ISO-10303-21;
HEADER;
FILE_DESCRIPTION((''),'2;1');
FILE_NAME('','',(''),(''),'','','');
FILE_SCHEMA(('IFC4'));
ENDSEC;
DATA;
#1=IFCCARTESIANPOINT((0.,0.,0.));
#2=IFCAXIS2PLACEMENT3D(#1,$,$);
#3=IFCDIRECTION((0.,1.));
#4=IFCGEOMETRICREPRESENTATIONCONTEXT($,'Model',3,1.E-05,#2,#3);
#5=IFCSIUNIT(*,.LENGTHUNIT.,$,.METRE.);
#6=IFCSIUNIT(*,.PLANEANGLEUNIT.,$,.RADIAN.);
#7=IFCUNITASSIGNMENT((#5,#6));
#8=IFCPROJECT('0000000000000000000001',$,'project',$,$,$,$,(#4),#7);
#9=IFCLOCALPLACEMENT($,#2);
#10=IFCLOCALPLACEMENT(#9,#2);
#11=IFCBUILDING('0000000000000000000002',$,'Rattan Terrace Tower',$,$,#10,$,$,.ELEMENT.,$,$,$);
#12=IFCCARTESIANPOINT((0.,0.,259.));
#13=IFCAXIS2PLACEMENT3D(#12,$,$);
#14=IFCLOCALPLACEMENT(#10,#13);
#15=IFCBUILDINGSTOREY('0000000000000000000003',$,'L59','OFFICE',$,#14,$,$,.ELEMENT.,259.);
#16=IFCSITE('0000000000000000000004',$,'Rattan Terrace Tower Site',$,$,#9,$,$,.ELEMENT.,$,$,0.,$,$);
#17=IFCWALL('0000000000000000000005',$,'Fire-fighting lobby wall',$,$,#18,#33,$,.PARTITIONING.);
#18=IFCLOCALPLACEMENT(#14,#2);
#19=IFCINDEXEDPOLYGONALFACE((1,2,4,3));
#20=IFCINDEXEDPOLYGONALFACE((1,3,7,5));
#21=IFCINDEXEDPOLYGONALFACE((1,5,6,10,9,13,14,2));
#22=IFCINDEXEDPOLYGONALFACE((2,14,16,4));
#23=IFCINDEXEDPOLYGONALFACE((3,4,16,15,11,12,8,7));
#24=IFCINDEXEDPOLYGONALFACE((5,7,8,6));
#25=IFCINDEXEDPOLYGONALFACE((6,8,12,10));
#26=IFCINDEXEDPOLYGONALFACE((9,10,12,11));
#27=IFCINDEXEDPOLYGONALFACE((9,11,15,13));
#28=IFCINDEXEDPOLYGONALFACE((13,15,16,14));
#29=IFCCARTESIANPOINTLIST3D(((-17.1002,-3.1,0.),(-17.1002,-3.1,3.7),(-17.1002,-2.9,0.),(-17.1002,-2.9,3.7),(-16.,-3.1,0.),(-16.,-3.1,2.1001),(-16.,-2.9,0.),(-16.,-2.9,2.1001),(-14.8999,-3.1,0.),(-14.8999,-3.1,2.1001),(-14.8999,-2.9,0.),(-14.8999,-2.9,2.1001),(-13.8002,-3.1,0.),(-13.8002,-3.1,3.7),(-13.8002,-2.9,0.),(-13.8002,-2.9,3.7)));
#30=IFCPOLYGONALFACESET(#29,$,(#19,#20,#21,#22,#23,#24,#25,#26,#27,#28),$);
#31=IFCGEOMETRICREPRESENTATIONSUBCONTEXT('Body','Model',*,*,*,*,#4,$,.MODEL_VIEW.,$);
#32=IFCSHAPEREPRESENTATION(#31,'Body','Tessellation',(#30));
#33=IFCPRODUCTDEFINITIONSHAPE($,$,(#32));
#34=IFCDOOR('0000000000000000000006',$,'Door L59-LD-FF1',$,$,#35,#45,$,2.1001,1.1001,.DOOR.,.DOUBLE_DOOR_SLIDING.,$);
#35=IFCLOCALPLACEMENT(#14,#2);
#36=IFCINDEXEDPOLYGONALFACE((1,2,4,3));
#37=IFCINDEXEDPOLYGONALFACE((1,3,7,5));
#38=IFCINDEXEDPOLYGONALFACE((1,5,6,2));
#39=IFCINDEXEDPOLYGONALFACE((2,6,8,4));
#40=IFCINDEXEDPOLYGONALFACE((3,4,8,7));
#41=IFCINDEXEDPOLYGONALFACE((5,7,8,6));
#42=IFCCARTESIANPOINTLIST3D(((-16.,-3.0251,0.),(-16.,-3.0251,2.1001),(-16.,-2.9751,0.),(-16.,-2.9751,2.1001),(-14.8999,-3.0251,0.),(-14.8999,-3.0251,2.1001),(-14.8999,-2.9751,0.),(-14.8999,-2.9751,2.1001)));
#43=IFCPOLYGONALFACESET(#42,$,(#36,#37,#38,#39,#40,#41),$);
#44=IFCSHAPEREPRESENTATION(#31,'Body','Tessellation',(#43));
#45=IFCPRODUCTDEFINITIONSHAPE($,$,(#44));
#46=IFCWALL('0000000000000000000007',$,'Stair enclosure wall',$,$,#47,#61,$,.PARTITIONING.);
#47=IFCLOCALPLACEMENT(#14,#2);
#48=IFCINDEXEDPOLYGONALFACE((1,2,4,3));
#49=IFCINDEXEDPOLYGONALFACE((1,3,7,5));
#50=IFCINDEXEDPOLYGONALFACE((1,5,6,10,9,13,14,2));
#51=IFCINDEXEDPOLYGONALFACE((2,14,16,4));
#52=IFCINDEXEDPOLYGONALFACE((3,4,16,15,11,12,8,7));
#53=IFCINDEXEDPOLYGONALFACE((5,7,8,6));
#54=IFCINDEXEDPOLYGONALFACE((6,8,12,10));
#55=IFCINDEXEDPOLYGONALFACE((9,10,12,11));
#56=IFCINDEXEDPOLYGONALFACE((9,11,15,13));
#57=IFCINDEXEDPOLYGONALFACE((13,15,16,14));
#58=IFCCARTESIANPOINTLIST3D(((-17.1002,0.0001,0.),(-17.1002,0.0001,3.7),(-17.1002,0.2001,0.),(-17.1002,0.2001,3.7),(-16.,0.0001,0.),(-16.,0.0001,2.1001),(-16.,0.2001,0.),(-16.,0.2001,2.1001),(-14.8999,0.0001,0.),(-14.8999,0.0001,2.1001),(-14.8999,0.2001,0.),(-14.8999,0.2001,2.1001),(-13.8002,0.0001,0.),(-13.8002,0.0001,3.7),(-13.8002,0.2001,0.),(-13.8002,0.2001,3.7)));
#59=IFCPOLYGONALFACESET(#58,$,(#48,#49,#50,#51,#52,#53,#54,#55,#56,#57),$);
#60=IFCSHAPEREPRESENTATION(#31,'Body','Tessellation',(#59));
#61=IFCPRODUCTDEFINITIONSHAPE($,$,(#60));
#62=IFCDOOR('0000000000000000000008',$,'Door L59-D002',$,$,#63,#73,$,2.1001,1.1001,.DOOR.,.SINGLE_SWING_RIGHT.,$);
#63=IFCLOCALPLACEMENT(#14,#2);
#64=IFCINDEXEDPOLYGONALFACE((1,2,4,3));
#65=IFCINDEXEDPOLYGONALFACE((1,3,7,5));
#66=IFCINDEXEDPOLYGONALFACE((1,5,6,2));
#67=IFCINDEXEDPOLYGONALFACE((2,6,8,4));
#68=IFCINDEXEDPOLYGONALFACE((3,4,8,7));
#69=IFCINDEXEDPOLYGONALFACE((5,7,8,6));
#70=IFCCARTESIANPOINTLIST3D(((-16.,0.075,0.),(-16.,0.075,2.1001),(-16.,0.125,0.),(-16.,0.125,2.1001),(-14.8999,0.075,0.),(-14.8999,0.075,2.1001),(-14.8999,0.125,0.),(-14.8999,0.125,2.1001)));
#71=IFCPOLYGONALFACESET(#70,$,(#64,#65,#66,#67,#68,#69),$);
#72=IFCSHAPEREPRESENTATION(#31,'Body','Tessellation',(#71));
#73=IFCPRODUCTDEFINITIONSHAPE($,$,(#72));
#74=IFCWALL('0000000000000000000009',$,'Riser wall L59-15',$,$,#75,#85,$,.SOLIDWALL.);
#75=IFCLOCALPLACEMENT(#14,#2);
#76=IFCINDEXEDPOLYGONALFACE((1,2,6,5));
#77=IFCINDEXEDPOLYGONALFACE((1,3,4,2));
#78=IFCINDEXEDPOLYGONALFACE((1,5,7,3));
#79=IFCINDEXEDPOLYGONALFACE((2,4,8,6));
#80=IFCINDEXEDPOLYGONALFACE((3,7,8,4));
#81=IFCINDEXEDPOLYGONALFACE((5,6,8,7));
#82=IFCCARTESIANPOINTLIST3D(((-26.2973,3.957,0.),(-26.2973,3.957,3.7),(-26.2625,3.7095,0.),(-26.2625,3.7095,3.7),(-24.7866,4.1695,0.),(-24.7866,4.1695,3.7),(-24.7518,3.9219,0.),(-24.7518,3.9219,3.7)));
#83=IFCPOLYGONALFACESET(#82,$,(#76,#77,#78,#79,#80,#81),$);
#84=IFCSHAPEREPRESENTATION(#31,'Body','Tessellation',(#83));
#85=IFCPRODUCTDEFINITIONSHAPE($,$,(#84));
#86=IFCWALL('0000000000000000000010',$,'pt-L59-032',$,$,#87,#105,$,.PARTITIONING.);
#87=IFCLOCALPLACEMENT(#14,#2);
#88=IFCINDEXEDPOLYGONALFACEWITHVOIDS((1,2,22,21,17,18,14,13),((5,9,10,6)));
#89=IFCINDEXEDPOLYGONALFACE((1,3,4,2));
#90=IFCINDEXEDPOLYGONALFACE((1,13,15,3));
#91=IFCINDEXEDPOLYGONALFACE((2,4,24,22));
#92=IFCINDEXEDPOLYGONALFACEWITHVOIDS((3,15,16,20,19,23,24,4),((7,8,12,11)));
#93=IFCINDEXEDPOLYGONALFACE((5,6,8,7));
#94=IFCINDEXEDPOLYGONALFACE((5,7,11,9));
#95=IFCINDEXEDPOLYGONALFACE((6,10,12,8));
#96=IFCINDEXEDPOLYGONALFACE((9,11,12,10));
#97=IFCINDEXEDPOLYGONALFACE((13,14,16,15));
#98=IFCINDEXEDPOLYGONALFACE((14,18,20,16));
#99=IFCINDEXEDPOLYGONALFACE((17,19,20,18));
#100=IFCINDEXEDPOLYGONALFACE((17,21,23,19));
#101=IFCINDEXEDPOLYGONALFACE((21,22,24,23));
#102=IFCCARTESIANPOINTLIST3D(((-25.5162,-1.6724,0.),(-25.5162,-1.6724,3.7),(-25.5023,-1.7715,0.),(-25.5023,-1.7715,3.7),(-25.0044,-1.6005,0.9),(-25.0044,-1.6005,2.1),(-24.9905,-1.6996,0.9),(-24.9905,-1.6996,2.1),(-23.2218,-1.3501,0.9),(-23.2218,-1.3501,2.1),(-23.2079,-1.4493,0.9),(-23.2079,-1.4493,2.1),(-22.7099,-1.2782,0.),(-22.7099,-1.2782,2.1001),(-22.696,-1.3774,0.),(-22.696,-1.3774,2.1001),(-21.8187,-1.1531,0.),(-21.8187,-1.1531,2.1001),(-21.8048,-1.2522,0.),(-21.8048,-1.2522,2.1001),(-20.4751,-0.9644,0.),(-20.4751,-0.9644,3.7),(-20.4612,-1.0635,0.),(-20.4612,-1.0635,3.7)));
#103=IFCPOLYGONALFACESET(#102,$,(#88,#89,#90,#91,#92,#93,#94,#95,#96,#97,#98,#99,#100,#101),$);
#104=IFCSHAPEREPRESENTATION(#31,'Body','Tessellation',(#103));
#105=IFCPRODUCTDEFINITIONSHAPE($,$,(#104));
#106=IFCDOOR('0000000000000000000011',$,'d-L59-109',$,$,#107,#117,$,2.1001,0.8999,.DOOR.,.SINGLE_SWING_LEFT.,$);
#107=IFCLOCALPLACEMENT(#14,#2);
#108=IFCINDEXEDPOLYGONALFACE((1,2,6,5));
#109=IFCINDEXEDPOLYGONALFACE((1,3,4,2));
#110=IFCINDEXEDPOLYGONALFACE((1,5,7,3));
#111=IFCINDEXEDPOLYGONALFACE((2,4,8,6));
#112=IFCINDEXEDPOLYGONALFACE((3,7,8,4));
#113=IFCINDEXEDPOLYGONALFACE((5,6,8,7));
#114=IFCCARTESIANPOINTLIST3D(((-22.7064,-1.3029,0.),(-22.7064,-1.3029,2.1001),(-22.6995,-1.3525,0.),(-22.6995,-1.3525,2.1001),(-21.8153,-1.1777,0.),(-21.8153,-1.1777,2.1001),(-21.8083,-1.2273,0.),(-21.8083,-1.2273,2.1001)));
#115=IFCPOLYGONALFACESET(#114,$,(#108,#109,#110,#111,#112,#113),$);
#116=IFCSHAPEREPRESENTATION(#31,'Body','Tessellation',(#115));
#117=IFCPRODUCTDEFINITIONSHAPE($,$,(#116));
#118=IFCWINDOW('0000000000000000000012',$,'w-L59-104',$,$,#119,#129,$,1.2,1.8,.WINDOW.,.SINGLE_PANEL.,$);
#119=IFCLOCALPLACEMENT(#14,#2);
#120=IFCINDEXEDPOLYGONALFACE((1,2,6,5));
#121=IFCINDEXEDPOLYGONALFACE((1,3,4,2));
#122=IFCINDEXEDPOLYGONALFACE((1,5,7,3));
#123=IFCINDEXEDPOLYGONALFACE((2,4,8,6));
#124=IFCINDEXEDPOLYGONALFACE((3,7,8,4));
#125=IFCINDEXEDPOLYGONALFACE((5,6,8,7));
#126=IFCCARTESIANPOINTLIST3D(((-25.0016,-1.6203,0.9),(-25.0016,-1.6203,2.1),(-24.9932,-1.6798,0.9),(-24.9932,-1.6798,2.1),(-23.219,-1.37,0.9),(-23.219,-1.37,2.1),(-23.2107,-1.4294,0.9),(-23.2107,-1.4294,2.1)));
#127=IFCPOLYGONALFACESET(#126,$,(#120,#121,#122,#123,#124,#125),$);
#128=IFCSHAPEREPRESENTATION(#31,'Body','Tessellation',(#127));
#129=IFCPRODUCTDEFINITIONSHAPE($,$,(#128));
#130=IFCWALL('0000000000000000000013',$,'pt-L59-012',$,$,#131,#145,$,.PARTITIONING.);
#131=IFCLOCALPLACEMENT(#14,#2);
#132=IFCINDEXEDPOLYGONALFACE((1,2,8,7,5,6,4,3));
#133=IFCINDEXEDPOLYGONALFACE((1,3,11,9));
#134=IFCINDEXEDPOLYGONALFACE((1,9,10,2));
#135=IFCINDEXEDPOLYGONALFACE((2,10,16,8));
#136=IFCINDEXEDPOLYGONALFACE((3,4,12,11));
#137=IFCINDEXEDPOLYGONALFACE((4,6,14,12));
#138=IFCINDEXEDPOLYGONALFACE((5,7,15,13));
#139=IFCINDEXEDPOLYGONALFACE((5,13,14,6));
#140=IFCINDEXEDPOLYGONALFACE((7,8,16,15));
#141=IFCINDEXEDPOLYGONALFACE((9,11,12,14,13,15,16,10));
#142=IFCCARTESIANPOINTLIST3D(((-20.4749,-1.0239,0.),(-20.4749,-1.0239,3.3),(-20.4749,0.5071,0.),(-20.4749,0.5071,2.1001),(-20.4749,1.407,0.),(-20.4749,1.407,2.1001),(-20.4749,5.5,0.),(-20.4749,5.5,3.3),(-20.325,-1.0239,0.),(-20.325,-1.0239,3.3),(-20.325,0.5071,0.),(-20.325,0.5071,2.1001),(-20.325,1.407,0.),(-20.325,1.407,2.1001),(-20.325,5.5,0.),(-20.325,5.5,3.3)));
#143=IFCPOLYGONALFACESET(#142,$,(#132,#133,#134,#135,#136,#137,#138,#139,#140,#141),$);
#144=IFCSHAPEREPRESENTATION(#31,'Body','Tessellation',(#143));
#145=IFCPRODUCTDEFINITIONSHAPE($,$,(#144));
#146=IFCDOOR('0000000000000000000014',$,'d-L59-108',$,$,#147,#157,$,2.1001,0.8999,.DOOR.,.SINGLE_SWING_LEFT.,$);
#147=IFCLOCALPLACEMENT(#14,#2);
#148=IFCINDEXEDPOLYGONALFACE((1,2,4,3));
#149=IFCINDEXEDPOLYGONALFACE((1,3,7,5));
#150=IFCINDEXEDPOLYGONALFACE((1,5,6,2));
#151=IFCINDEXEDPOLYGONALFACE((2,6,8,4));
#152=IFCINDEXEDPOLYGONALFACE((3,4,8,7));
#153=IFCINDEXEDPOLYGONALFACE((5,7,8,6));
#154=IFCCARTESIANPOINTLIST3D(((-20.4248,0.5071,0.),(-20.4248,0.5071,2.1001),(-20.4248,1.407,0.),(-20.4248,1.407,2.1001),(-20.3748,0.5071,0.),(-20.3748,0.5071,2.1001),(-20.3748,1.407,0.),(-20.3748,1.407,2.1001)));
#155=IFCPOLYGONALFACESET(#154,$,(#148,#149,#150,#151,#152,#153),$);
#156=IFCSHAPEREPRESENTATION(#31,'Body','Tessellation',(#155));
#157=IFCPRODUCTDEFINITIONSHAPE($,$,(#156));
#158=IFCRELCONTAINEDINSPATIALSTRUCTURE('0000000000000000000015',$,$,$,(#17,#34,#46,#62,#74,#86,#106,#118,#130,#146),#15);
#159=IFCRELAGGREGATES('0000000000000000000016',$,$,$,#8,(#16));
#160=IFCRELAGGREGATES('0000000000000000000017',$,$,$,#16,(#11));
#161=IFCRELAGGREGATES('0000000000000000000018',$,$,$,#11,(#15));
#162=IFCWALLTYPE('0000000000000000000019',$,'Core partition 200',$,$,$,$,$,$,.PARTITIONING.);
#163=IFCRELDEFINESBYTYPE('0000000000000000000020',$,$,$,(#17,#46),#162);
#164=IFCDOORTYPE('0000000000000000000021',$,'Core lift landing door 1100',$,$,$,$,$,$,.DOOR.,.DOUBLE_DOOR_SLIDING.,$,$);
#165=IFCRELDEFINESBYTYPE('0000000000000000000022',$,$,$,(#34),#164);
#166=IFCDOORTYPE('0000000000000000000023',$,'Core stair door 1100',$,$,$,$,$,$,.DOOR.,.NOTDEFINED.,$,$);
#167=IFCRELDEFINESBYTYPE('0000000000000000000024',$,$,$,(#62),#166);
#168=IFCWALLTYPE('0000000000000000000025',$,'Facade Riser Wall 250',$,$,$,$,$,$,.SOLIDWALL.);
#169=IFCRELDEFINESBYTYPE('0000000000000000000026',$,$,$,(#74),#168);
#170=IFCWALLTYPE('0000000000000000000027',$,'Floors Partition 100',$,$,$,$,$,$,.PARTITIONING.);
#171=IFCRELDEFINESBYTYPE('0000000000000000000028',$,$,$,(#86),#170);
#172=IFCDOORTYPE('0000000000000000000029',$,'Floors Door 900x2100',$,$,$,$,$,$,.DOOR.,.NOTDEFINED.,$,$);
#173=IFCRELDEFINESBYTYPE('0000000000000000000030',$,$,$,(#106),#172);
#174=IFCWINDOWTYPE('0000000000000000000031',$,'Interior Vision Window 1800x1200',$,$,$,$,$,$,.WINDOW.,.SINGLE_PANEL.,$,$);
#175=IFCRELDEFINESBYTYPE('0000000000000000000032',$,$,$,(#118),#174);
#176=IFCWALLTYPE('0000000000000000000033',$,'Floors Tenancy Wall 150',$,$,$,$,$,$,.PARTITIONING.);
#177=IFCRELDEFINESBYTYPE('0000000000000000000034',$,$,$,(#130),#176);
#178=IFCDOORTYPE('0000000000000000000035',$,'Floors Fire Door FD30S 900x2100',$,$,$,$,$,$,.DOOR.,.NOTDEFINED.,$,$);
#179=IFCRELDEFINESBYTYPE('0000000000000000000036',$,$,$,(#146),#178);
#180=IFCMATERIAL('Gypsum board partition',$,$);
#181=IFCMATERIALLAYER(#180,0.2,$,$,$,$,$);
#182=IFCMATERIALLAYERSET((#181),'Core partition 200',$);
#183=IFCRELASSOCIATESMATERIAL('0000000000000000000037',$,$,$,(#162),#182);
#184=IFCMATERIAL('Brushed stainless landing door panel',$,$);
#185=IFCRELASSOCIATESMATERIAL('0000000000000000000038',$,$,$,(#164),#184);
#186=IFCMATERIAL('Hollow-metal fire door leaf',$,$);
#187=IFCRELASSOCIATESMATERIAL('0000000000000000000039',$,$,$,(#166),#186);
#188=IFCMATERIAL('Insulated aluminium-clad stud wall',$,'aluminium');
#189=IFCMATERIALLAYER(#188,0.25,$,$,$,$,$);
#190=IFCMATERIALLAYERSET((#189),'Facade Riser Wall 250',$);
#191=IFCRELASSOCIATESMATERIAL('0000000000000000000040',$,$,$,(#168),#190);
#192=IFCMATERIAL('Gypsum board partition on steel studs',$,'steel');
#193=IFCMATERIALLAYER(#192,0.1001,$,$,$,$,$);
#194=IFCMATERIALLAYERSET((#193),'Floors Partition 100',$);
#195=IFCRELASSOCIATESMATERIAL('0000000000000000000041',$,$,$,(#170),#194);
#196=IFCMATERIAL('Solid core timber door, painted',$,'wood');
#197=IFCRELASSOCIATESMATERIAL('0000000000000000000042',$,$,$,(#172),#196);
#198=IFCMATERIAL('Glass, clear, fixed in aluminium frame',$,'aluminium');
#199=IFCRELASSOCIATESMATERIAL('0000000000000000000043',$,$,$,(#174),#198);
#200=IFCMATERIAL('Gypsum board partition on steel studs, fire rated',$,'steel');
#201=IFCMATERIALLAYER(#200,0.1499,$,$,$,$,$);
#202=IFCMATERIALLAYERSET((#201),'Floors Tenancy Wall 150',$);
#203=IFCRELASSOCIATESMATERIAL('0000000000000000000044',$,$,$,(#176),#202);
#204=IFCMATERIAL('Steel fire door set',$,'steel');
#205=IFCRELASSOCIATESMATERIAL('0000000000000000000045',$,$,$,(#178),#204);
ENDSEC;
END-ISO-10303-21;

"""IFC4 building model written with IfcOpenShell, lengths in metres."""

from ifc_helpers import new_model, si_unit, direction, frame, frame_2d, origin, place, context, subcontext, project, spatial, rectangle, extrude, material, layer, layer_set, type_object, element, fill, save


model = new_model("IFC4")

# Units and contexts
model_context = context("Model", 3, precision=1e-05, world=origin(), true_north=direction((0.0, 1.0)))
body_context = subcontext(model_context, "Body", "Model", "MODEL_VIEW")
ifc_project = project(units=[si_unit("LENGTHUNIT", "METRE"), si_unit("PLANEANGLEUNIT", "RADIAN")], contexts=[model_context])

# Site, building, storey
site_placement = place(None, origin())
site = spatial("IfcSite", under=ifc_project, at=site_placement, Name="Rattan Terrace Tower Site", CompositionType="ELEMENT", RefElevation=0.0)
building_placement = place(site_placement, origin())
building = spatial("IfcBuilding", under=site, at=building_placement, Name="Rattan Terrace Tower", CompositionType="ELEMENT")
storey_placement = place(building_placement, frame((0.0, 0.0, 259.0)))
storey = spatial("IfcBuildingStorey", under=building, at=storey_placement, Name="L59", Description="OFFICE", CompositionType="ELEMENT", Elevation=259.0)

# Walls, openings, doors
ifc_material_1 = material(Name="Gypsum board partition")
ifc_layer_1 = layer(ifc_material_1, 0.2)
ifc_layer_set_1 = layer_set([ifc_layer_1], Name="Core partition 200")
wall_type_1 = type_object("IfcWallType", Name="Core partition 200", PredefinedType="PARTITIONING", material=ifc_layer_set_1)
wall_1_placement = place(storey_placement, frame((-17.1001, -3.0, 0.0), z_axis=(0.0, 0.0, 1.0), x_axis=(1.0, 0.0, 0.0)))
wall_1 = element("IfcWall", 1, at=wall_1_placement, inside=storey, type_object=wall_type_1, Name="Fire-fighting lobby wall", PredefinedType="PARTITIONING", context=body_context, shape_type="SweptSolid", body=[
    extrude(rectangle(XDim=3.3, YDim=0.2, at=frame_2d((1.6499, 0.0))), origin(), (0.0, 0.0, 1.0), 3.7),
])
opening_1_placement = place(wall_1_placement, frame((1.1001, 0.0, 0.0)))
opening_1 = element("IfcOpeningElement", 2, at=opening_1_placement, cuts=wall_1, PredefinedType="OPENING", context=body_context, shape_type="SweptSolid", body=[
    extrude(rectangle(XDim=1.1001, YDim=2.1001, at=frame_2d((0.55, 1.05))), frame((0.0, 0.1106, 0.0), z_axis=(0.0, -1.0, 0.0), x_axis=(1.0, 0.0, 0.0)), (0.0, 0.0, 1.0), 0.2209),
])
ifc_material_2 = material(Name="Brushed stainless landing door panel")
door_type_1 = type_object("IfcDoorType", Name="Core lift landing door 1100", OperationType="DOUBLE_DOOR_SLIDING", PredefinedType="DOOR", material=ifc_material_2)
door_1_placement = place(opening_1_placement, origin())
door_1 = element("IfcDoor", 3, at=door_1_placement, inside=storey, type_object=door_type_1, Name="Door L59-LD-FF1", OperationType="DOUBLE_DOOR_SLIDING", OverallHeight=2.1001, OverallWidth=1.1001, PredefinedType="DOOR", context=body_context, shape_type="SweptSolid", body=[
    extrude(rectangle(XDim=1.1001, YDim=2.1001, at=frame_2d((0.55, 1.05))), frame((0.0, 0.0249, 0.0), z_axis=(0.0, -1.0, 0.0), x_axis=(1.0, 0.0, 0.0)), (0.0, 0.0, 1.0), 0.05),
])
fill(opening_1, door_1)
wall_2_placement = place(storey_placement, frame((-17.1001, 0.1001, 0.0), z_axis=(0.0, 0.0, 1.0), x_axis=(1.0, 0.0, 0.0)))
wall_2 = element("IfcWall", 4, at=wall_2_placement, inside=storey, type_object=wall_type_1, Name="Stair enclosure wall", PredefinedType="PARTITIONING", context=body_context, shape_type="SweptSolid", body=[
    extrude(rectangle(XDim=3.3, YDim=0.2, at=frame_2d((1.6499, 0.0))), origin(), (0.0, 0.0, 1.0), 3.7),
])
opening_2_placement = place(wall_2_placement, frame((1.1001, 0.0, 0.0)))
opening_2 = element("IfcOpeningElement", 5, at=opening_2_placement, cuts=wall_2, PredefinedType="OPENING", context=body_context, shape_type="SweptSolid", body=[
    extrude(rectangle(XDim=1.1001, YDim=2.1001, at=frame_2d((0.55, 1.05))), frame((0.0, 0.1106, 0.0), z_axis=(0.0, -1.0, 0.0), x_axis=(1.0, 0.0, 0.0)), (0.0, 0.0, 1.0), 0.2209),
])
ifc_material_3 = material(Name="Hollow-metal fire door leaf")
door_type_2 = type_object("IfcDoorType", Name="Core stair door 1100", OperationType="NOTDEFINED", PredefinedType="DOOR", material=ifc_material_3)
door_2_placement = place(opening_2_placement, origin())
door_2 = element("IfcDoor", 6, at=door_2_placement, inside=storey, type_object=door_type_2, Name="Door L59-D002", OperationType="SINGLE_SWING_RIGHT", OverallHeight=2.1001, OverallWidth=1.1001, PredefinedType="DOOR", context=body_context, shape_type="SweptSolid", body=[
    extrude(rectangle(XDim=1.1001, YDim=2.1001, at=frame_2d((0.55, 1.05))), frame((0.0, 0.0249, 0.0), z_axis=(0.0, -1.0, 0.0), x_axis=(1.0, 0.0, 0.0)), (0.0, 0.0, 1.0), 0.05),
])
fill(opening_2, door_2)

# Wall
ifc_material_4 = material(Name="Insulated aluminium-clad stud wall", Category="aluminium")
ifc_layer_2 = layer(ifc_material_4, 0.25)
ifc_layer_set_2 = layer_set([ifc_layer_2], Name="Facade Riser Wall 250")
wall_type_2 = type_object("IfcWallType", Name="Facade Riser Wall 250", PredefinedType="SOLIDWALL", material=ifc_layer_set_2)
wall_3_placement = place(storey_placement, frame((-24.7693, 4.0457, 0.0), z_axis=(0.0, 0.0, 1.0), x_axis=(-0.990261, -0.139225, 0.0)))
element("IfcWall", 7, at=wall_3_placement, inside=storey, type_object=wall_type_2, Name="Riser wall L59-15", PredefinedType="SOLIDWALL", context=body_context, shape_type="SweptSolid", body=[
    extrude(rectangle(XDim=1.5256, YDim=0.25, at=frame_2d((0.7627, 0.0))), origin(), (0.0, 0.0, 1.0), 3.7),
])

# Wall, openings, door, window
ifc_material_5 = material(Name="Gypsum board partition on steel studs", Category="steel")
ifc_layer_3 = layer(ifc_material_5, 0.1001)
ifc_layer_set_3 = layer_set([ifc_layer_3], Name="Floors Partition 100")
wall_type_3 = type_object("IfcWallType", Name="Floors Partition 100", PredefinedType="PARTITIONING", material=ifc_layer_set_3)
wall_4_placement = place(storey_placement, frame((-20.468, -1.0139, 0.0), z_axis=(0.0, 0.0, 1.0), x_axis=(-0.990281, -0.139084, 0.0)))
wall_4 = element("IfcWall", 8, at=wall_4_placement, inside=storey, type_object=wall_type_3, Name="pt-L59-032", PredefinedType="PARTITIONING", context=body_context, shape_type="SweptSolid", body=[
    extrude(rectangle(XDim=5.0906, YDim=0.1001, at=frame_2d((2.5454, 0.0))), origin(), (0.0, 0.0, 1.0), 3.7),
])
opening_3_placement = place(wall_4_placement, frame((1.3569, 0.0, 0.0)))
opening_3 = element("IfcOpeningElement", 9, at=opening_3_placement, cuts=wall_4, PredefinedType="OPENING", context=body_context, shape_type="SweptSolid", body=[
    extrude(rectangle(XDim=0.8999, YDim=2.1001, at=frame_2d((0.45, 1.05))), frame((0.0, 0.0605, 0.0), z_axis=(0.0, -1.0, 0.0), x_axis=(1.0, 0.0, 0.0)), (0.0, 0.0, 1.0), 0.1211),
])
opening_4_placement = place(wall_4_placement, frame((2.7739, 0.0, 0.8999)))
opening_4 = element("IfcOpeningElement", 10, at=opening_4_placement, cuts=wall_4, PredefinedType="OPENING", context=body_context, shape_type="SweptSolid", body=[
    extrude(rectangle(XDim=1.8, YDim=1.2, at=frame_2d((0.8999, 0.6001))), frame((0.0, 0.0605, 0.0), z_axis=(0.0, -1.0, 0.0), x_axis=(1.0, 0.0, 0.0)), (0.0, 0.0, 1.0), 0.1211),
])
ifc_material_6 = material(Name="Solid core timber door, painted", Category="wood")
door_type_3 = type_object("IfcDoorType", Name="Floors Door 900x2100", OperationType="NOTDEFINED", PredefinedType="DOOR", material=ifc_material_6)
door_3_placement = place(opening_3_placement, origin())
door_3 = element("IfcDoor", 11, at=door_3_placement, inside=storey, type_object=door_type_3, Name="d-L59-109", OperationType="SINGLE_SWING_LEFT", OverallHeight=2.1001, OverallWidth=0.8999, PredefinedType="DOOR", context=body_context, shape_type="SweptSolid", body=[
    extrude(rectangle(XDim=0.8999, YDim=2.1001, at=frame_2d((0.45, 1.05))), frame((0.0, 0.0249, 0.0), z_axis=(0.0, -1.0, 0.0), x_axis=(1.0, 0.0, 0.0)), (0.0, 0.0, 1.0), 0.05),
])
fill(opening_3, door_3)
ifc_material_7 = material(Name="Glass, clear, fixed in aluminium frame", Category="aluminium")
window_type = type_object("IfcWindowType", Name="Interior Vision Window 1800x1200", PartitioningType="SINGLE_PANEL", PredefinedType="WINDOW", material=ifc_material_7)
window_placement = place(opening_4_placement, origin())
window = element("IfcWindow", 12, at=window_placement, inside=storey, type_object=window_type, Name="w-L59-104", OverallHeight=1.2, OverallWidth=1.8, PartitioningType="SINGLE_PANEL", PredefinedType="WINDOW", context=body_context, shape_type="SweptSolid", body=[
    extrude(rectangle(XDim=1.8, YDim=1.2, at=frame_2d((0.8999, 0.6001))), frame((0.0, 0.03, 0.0), z_axis=(0.0, -1.0, 0.0), x_axis=(1.0, 0.0, 0.0)), (0.0, 0.0, 1.0), 0.0601),
])
fill(opening_4, window)

# Wall, opening, door
ifc_material_8 = material(Name="Gypsum board partition on steel studs, fire rated", Category="steel")
ifc_layer_4 = layer(ifc_material_8, 0.1499)
ifc_layer_set_4 = layer_set([ifc_layer_4], Name="Floors Tenancy Wall 150")
wall_type_4 = type_object("IfcWallType", Name="Floors Tenancy Wall 150", PredefinedType="PARTITIONING", material=ifc_layer_set_4)
wall_5_placement = place(storey_placement, frame((-20.3999, -1.0239, 0.0), z_axis=(0.0, 0.0, 1.0), x_axis=(0.0, 1.0, 0.0)))
wall_5 = element("IfcWall", 13, at=wall_5_placement, inside=storey, type_object=wall_type_4, Name="pt-L59-012", PredefinedType="PARTITIONING", context=body_context, shape_type="SweptSolid", body=[
    extrude(rectangle(XDim=6.5239, YDim=0.1499, at=frame_2d((3.262, 0.0))), origin(), (0.0, 0.0, 1.0), 3.3),
])
opening_5_placement = place(wall_5_placement, frame((1.531, 0.0, 0.0)))
opening_5 = element("IfcOpeningElement", 14, at=opening_5_placement, cuts=wall_5, PredefinedType="OPENING", context=body_context, shape_type="SweptSolid", body=[
    extrude(rectangle(XDim=0.8999, YDim=2.1001, at=frame_2d((0.45, 1.05))), frame((0.0, 0.0854, 0.0), z_axis=(0.0, -1.0, 0.0), x_axis=(1.0, 0.0, 0.0)), (0.0, 0.0, 1.0), 0.1709),
])
ifc_material_9 = material(Name="Steel fire door set", Category="steel")
door_type_4 = type_object("IfcDoorType", Name="Floors Fire Door FD30S 900x2100", OperationType="NOTDEFINED", PredefinedType="DOOR", material=ifc_material_9)
door_4_placement = place(opening_5_placement, origin())
door_4 = element("IfcDoor", 15, at=door_4_placement, inside=storey, type_object=door_type_4, Name="d-L59-108", OperationType="SINGLE_SWING_LEFT", OverallHeight=2.1001, OverallWidth=0.8999, PredefinedType="DOOR", context=body_context, shape_type="SweptSolid", body=[
    extrude(rectangle(XDim=0.8999, YDim=2.1001, at=frame_2d((0.45, 1.05))), frame((0.0, 0.0249, 0.0), z_axis=(0.0, -1.0, 0.0), x_axis=(1.0, 0.0, 0.0)), (0.0, 0.0, 1.0), 0.05),
])
fill(opening_5, door_4)

save(model, "model.ifc")
